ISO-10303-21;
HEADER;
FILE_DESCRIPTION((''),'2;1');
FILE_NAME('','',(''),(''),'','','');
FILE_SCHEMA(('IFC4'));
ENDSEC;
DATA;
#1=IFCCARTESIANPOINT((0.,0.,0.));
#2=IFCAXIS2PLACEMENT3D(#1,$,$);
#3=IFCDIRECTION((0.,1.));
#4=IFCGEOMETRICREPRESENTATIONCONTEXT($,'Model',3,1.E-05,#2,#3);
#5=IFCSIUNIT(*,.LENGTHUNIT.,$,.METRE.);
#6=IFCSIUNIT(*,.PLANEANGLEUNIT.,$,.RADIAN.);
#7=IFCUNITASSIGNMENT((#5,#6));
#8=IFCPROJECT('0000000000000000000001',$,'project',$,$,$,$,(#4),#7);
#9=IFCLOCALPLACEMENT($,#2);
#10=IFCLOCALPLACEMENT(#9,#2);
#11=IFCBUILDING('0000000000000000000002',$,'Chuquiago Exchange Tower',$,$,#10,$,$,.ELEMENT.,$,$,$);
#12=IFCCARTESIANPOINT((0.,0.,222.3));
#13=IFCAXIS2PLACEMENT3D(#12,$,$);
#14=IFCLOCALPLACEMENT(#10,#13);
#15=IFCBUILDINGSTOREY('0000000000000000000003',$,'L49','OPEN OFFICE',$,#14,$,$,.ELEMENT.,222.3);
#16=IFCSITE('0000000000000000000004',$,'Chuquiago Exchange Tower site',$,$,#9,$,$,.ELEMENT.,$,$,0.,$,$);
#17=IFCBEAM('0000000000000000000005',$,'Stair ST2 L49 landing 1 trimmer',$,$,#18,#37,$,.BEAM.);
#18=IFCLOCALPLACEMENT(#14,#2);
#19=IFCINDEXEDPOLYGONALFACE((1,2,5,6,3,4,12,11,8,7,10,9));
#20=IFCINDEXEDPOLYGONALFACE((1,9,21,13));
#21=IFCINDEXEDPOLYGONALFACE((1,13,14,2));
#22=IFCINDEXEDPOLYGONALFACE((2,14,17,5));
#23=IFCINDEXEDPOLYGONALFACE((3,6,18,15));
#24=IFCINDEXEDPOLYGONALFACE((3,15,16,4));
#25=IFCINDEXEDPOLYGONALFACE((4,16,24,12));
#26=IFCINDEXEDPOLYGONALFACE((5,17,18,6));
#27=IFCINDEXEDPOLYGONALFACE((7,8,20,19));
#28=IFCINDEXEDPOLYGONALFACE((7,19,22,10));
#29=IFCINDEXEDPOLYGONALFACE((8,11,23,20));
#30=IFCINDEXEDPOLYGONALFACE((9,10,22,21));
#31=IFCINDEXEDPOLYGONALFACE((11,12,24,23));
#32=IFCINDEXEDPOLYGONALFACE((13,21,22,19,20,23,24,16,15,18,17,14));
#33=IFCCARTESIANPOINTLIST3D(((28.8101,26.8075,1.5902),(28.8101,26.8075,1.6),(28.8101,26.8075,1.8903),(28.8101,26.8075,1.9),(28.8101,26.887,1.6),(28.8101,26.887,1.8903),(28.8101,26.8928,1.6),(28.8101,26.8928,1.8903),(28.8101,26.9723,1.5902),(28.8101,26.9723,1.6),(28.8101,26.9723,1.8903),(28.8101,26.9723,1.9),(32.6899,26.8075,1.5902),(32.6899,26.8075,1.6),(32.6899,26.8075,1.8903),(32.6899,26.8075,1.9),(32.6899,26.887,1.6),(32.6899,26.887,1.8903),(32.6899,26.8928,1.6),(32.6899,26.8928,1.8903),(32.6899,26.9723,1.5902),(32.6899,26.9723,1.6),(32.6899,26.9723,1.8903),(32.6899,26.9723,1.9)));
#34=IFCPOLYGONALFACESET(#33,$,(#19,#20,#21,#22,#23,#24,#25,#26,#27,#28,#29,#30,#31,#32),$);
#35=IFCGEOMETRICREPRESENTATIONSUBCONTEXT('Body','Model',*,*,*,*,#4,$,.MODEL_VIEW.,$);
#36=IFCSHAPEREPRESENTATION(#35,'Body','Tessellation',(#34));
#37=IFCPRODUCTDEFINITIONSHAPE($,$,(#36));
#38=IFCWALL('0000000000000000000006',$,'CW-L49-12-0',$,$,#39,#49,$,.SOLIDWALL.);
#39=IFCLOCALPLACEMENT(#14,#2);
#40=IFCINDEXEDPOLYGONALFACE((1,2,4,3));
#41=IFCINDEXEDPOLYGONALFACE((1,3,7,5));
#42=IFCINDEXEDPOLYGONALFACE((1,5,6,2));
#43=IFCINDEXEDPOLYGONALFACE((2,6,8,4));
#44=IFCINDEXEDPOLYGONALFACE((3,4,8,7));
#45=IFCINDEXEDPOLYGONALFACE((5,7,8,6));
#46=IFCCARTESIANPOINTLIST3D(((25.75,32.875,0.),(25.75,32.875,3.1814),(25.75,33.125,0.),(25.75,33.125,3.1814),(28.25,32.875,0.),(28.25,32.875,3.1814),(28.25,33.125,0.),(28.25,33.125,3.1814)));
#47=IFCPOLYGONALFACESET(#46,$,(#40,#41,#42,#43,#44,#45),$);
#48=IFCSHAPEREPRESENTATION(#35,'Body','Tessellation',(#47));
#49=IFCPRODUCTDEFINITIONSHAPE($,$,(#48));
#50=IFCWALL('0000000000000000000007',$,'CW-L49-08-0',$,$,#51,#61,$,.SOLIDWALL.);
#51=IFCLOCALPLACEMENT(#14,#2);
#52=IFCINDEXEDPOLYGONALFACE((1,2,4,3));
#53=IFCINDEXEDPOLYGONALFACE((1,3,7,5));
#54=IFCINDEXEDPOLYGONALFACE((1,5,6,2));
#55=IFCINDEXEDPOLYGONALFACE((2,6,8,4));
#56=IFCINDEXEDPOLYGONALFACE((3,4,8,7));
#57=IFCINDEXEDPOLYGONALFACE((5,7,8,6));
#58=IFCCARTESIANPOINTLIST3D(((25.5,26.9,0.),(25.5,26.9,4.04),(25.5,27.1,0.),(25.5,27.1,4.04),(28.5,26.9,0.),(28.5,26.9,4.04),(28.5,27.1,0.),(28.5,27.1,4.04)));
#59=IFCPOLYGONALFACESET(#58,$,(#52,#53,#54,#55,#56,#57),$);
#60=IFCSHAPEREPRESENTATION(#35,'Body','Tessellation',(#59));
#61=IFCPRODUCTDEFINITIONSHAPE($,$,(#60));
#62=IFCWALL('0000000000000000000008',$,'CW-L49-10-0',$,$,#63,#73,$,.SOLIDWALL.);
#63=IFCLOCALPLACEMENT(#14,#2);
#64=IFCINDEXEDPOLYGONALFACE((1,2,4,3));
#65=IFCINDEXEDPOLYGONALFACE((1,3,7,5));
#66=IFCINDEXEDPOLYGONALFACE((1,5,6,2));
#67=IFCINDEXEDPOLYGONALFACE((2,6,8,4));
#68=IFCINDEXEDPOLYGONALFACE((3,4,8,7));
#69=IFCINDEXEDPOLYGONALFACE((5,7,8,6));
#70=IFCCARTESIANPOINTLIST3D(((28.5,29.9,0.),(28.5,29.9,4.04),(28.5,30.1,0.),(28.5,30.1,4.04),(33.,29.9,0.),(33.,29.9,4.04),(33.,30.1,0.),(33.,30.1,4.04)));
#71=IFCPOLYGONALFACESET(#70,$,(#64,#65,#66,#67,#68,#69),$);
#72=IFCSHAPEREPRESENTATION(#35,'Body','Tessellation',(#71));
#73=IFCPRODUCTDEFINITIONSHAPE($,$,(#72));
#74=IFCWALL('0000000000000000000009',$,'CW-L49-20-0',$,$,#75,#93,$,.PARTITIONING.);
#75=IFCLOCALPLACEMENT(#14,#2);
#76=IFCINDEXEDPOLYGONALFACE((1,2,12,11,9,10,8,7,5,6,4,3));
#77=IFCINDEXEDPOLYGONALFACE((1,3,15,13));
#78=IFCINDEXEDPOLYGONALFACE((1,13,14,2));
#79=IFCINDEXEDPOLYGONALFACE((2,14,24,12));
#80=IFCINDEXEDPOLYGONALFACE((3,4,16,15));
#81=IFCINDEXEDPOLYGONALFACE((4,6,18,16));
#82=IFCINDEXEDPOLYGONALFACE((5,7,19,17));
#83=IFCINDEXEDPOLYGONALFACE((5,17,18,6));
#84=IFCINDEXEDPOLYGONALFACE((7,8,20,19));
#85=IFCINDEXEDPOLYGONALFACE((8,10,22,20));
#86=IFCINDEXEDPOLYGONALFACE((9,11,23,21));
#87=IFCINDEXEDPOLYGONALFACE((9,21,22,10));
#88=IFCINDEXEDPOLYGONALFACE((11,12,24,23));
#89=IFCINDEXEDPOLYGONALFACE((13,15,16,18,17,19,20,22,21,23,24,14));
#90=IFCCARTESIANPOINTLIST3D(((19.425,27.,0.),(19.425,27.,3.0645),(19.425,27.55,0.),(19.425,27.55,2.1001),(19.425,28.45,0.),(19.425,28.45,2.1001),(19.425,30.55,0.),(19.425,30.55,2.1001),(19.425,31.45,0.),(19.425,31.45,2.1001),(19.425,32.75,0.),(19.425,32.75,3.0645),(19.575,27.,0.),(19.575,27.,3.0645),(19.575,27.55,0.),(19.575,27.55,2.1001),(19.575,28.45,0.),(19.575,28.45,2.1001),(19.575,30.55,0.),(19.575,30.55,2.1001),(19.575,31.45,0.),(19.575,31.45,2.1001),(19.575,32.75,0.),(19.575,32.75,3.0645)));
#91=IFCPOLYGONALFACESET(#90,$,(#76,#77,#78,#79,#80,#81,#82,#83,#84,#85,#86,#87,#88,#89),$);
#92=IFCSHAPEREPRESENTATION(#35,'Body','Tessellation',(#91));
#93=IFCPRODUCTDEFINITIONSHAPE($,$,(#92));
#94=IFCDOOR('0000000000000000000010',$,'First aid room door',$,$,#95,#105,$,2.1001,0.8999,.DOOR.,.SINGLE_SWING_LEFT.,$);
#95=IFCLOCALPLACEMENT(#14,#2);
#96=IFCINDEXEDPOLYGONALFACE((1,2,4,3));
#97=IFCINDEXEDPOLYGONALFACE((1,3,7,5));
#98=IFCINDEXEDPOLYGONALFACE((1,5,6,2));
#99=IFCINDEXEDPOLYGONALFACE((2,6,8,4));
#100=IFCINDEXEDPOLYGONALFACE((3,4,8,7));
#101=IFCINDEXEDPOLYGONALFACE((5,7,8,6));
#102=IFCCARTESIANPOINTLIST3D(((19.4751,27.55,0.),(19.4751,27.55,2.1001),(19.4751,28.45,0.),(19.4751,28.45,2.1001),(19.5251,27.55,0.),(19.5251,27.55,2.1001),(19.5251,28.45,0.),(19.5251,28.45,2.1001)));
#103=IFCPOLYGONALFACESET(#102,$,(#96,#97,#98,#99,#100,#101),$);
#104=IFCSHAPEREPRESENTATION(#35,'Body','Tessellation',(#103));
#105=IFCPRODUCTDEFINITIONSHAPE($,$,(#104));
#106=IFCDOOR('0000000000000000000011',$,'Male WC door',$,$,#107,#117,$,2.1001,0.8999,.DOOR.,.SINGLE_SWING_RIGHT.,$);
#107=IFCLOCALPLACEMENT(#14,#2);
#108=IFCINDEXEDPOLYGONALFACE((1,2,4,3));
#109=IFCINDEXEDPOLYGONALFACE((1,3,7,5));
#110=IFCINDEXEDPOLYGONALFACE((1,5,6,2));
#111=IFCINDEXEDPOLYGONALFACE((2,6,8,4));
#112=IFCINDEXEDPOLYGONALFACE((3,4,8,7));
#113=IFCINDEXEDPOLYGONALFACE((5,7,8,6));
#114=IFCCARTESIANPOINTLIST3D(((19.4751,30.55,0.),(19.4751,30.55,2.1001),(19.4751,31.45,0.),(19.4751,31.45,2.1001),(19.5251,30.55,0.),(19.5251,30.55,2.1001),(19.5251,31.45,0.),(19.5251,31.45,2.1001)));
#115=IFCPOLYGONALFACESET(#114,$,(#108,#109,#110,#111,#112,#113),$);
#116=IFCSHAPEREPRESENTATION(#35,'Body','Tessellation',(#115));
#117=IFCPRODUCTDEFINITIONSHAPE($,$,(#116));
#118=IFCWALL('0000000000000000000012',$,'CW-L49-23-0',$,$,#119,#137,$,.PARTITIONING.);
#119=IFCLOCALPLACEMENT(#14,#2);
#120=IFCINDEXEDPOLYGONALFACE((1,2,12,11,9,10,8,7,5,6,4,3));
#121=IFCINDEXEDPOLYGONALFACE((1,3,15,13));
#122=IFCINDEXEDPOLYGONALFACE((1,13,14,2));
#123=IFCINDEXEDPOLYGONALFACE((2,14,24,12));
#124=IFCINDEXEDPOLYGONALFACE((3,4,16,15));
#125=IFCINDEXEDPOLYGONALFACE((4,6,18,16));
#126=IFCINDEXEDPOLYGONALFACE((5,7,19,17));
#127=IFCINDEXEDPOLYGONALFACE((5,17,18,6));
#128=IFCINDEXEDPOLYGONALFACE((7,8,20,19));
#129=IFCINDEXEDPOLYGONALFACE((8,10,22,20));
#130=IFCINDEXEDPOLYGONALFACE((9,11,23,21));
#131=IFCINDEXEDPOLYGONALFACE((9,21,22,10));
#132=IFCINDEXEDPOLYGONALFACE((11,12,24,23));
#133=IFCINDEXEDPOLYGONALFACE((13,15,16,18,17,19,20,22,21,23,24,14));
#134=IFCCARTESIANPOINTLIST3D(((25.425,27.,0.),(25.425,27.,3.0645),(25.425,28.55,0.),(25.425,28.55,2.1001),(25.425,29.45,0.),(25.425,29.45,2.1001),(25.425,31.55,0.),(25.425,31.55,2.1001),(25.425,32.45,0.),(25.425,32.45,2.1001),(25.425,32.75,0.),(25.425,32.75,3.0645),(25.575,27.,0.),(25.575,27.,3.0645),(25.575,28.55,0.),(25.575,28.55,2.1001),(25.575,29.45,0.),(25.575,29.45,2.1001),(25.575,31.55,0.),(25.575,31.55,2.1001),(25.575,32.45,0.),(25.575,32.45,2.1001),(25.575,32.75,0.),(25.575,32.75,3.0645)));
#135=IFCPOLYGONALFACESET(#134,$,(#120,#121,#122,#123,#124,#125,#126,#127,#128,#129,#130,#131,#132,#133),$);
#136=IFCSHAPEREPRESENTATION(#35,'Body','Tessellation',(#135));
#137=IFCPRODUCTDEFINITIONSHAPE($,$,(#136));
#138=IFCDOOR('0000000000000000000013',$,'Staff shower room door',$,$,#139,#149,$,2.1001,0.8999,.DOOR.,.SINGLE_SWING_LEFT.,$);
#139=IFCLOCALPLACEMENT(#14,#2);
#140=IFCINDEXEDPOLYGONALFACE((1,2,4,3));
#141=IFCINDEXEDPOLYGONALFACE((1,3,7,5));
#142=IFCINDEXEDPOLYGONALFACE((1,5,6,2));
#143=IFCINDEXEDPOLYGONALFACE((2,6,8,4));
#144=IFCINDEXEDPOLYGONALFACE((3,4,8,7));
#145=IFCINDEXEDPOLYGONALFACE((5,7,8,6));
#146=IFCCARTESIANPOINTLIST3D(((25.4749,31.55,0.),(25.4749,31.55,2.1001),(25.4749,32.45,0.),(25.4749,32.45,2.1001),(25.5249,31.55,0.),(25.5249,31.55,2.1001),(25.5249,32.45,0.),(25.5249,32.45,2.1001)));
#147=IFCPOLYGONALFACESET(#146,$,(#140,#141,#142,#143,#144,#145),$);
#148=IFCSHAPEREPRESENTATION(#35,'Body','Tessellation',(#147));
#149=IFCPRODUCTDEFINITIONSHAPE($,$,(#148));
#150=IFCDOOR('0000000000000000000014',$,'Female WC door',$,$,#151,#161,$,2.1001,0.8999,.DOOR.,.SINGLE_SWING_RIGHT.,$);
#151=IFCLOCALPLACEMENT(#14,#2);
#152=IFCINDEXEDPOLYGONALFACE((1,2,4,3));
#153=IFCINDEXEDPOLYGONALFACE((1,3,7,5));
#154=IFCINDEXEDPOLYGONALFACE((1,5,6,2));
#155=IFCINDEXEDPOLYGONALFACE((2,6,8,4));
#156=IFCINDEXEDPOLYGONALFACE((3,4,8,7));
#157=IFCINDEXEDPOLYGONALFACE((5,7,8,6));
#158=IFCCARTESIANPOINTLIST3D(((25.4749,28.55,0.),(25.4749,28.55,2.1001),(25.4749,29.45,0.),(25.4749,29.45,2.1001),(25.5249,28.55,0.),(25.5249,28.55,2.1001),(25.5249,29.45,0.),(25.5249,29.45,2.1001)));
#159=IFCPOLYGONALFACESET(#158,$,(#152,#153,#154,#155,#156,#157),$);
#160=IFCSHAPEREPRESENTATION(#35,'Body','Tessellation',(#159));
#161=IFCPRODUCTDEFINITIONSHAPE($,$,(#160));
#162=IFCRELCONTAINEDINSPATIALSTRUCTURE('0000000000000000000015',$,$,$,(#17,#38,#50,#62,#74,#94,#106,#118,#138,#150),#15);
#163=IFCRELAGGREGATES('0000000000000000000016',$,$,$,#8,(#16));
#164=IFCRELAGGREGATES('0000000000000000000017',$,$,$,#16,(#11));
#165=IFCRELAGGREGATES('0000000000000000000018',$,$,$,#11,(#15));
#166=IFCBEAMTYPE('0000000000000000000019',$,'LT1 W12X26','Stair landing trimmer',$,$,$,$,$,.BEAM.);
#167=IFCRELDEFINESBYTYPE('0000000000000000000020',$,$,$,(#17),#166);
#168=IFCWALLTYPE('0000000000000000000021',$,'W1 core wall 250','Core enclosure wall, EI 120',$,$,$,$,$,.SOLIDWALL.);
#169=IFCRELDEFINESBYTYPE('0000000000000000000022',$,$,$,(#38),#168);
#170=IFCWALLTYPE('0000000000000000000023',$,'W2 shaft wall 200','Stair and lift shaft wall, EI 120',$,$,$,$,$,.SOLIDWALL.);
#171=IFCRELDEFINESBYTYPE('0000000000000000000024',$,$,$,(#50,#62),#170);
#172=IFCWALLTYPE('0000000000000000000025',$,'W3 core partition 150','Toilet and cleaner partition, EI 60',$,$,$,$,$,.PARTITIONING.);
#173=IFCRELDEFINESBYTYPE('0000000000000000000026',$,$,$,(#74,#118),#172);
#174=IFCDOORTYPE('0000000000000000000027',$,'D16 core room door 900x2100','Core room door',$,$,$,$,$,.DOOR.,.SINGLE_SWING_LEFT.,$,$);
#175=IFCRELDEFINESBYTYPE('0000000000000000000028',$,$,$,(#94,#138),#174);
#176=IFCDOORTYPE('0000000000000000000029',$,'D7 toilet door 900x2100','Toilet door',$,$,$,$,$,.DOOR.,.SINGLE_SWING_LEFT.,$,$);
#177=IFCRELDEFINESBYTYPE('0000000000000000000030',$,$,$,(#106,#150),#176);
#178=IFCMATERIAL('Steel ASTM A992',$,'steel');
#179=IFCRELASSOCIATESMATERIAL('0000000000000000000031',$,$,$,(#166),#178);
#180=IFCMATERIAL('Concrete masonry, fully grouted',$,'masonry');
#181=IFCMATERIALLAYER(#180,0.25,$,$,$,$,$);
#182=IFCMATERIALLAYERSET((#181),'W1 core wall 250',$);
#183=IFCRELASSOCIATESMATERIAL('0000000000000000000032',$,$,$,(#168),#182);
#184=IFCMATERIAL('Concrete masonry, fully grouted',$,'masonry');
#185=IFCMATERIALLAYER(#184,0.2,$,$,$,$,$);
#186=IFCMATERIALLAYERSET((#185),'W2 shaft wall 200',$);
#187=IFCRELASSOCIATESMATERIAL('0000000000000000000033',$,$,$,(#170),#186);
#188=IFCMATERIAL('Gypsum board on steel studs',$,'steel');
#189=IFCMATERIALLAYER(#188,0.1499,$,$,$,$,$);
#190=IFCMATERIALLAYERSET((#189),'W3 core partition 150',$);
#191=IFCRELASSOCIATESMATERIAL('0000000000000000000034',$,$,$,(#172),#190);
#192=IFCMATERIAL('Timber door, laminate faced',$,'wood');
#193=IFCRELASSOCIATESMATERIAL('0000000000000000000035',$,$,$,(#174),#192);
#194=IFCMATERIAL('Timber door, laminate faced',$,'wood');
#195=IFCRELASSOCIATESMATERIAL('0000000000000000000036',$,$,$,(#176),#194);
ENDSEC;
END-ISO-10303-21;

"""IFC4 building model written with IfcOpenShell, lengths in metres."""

from ifc_helpers import new_model, si_unit, direction, frame, frame_2d, origin, origin_2d, place, context, subcontext, project, spatial, rectangle, i_section, extrude, material, layer, layer_set, material_profile, profile_set, type_object, element, fill, save


model = new_model("IFC4")

# Units and contexts
model_context = context("Model", 3, precision=1e-05, world=origin(), true_north=direction((0.0, 1.0)))
body_context = subcontext(model_context, "Body", "Model", "MODEL_VIEW")
ifc_project = project(units=[si_unit("LENGTHUNIT", "METRE"), si_unit("PLANEANGLEUNIT", "RADIAN")], contexts=[model_context])

# Site, building, storey
site_placement = place(None, origin())
site = spatial("IfcSite", under=ifc_project, at=site_placement, Name="Chuquiago Exchange Tower site", CompositionType="ELEMENT", RefElevation=0.0)
building_placement = place(site_placement, origin())
building = spatial("IfcBuilding", under=site, at=building_placement, Name="Chuquiago Exchange Tower", CompositionType="ELEMENT")
storey_placement = place(building_placement, frame((0.0, 0.0, 222.3)))
storey = spatial("IfcBuildingStorey", under=building, at=storey_placement, Name="L49", Description="OPEN OFFICE", CompositionType="ELEMENT", Elevation=222.3)

# Beam
ifc_material_1 = material(Name="Steel ASTM A992", Category="steel")
ifc_material_profile_1 = material_profile(ifc_material_1, i_section(OverallWidth=0.1648, OverallDepth=0.3098, WebThickness=0.0059, FlangeThickness=0.0098, at=origin_2d()), Name="W12X26")
ifc_profile_set_1 = profile_set([ifc_material_profile_1], Name="Steel ASTM A992")
beam_type_1 = type_object("IfcBeamType", Name="LT1 W12X26", Description="Stair landing trimmer", PredefinedType="BEAM", material=ifc_profile_set_1)
for number, where, z_axis, x_axis, name in (
    (1, (28.8101, 26.8899, 1.7451), (1.0, 0.0, 0.0), (0.0, 1.0, 0.0), "Stair ST2 L49 landing 1 trimmer"),
):
    element("IfcBeam", number, at=place(storey_placement, frame(where, z_axis=z_axis, x_axis=x_axis)), inside=storey, type_object=beam_type_1, Name=name, PredefinedType="BEAM", context=body_context, shape_type="SweptSolid", body=[
        extrude(i_section(OverallWidth=0.1648, OverallDepth=0.3098, WebThickness=0.0059, FlangeThickness=0.0098, at=origin_2d()), origin(), (0.0, 0.0, 1.0), 3.8799),
    ])

# Walls
ifc_material_2 = material(Name="Concrete masonry, fully grouted", Category="masonry")
ifc_layer_1 = layer(ifc_material_2, 0.25)
ifc_layer_set_1 = layer_set([ifc_layer_1], Name="W1 core wall 250")
wall_type_1 = type_object("IfcWallType", Name="W1 core wall 250", Description="Core enclosure wall, EI 120", PredefinedType="SOLIDWALL", material=ifc_layer_set_1)
wall_1_placement = place(storey_placement, frame((25.75, 33.0, 0.0), z_axis=(0.0, 0.0, 1.0), x_axis=(1.0, 0.0, 0.0)))
element("IfcWall", 2, at=wall_1_placement, inside=storey, type_object=wall_type_1, Name="CW-L49-12-0", PredefinedType="SOLIDWALL", context=body_context, shape_type="SweptSolid", body=[
    extrude(rectangle(XDim=2.5, YDim=0.25, at=frame_2d((1.25, 0.0))), origin(), (0.0, 0.0, 1.0), 3.1814),
])
ifc_material_3 = material(Name="Concrete masonry, fully grouted", Category="masonry")
ifc_layer_2 = layer(ifc_material_3, 0.2)
ifc_layer_set_2 = layer_set([ifc_layer_2], Name="W2 shaft wall 200")
wall_type_2 = type_object("IfcWallType", Name="W2 shaft wall 200", Description="Stair and lift shaft wall, EI 120", PredefinedType="SOLIDWALL", material=ifc_layer_set_2)
wall_2_placement = place(storey_placement, frame((25.5, 27.0, 0.0), z_axis=(0.0, 0.0, 1.0), x_axis=(1.0, 0.0, 0.0)))
element("IfcWall", 3, at=wall_2_placement, inside=storey, type_object=wall_type_2, Name="CW-L49-08-0", PredefinedType="SOLIDWALL", context=body_context, shape_type="SweptSolid", body=[
    extrude(rectangle(XDim=3.0, YDim=0.2, at=frame_2d((1.5, 0.0))), origin(), (0.0, 0.0, 1.0), 4.04),
])
wall_3_placement = place(storey_placement, frame((28.5, 30.0, 0.0), z_axis=(0.0, 0.0, 1.0), x_axis=(1.0, 0.0, 0.0)))
element("IfcWall", 4, at=wall_3_placement, inside=storey, type_object=wall_type_2, Name="CW-L49-10-0", PredefinedType="SOLIDWALL", context=body_context, shape_type="SweptSolid", body=[
    extrude(rectangle(XDim=4.5, YDim=0.2, at=frame_2d((2.25, 0.0))), origin(), (0.0, 0.0, 1.0), 4.04),
])

# Walls, openings, doors
ifc_material_4 = material(Name="Gypsum board on steel studs", Category="steel")
ifc_layer_3 = layer(ifc_material_4, 0.1499)
ifc_layer_set_3 = layer_set([ifc_layer_3], Name="W3 core partition 150")
wall_type_3 = type_object("IfcWallType", Name="W3 core partition 150", Description="Toilet and cleaner partition, EI 60", PredefinedType="PARTITIONING", material=ifc_layer_set_3)
wall_4_placement = place(storey_placement, frame((19.5, 27.0, 0.0), z_axis=(0.0, 0.0, 1.0), x_axis=(0.0, 1.0, 0.0)))
wall_4 = element("IfcWall", 5, at=wall_4_placement, inside=storey, type_object=wall_type_3, Name="CW-L49-20-0", PredefinedType="PARTITIONING", context=body_context, shape_type="SweptSolid", body=[
    extrude(rectangle(XDim=5.75, YDim=0.1499, at=frame_2d((2.875, 0.0))), origin(), (0.0, 0.0, 1.0), 3.0645),
])
opening_1_placement = place(wall_4_placement, frame((0.55, 0.0, 0.0)))
opening_1 = element("IfcOpeningElement", 6, at=opening_1_placement, cuts=wall_4, PredefinedType="OPENING", context=body_context, shape_type="SweptSolid", body=[
    extrude(rectangle(XDim=0.8999, YDim=2.1001, at=frame_2d((0.45, 1.05))), frame((0.0, 0.085, 0.0), z_axis=(0.0, -1.0, 0.0), x_axis=(1.0, 0.0, 0.0)), (0.0, 0.0, 1.0), 0.1699),
])
opening_2_placement = place(wall_4_placement, frame((3.55, 0.0, 0.0)))
opening_2 = element("IfcOpeningElement", 7, at=opening_2_placement, cuts=wall_4, PredefinedType="OPENING", context=body_context, shape_type="SweptSolid", body=[
    extrude(rectangle(XDim=0.8999, YDim=2.1001, at=frame_2d((0.45, 1.05))), frame((0.0, 0.085, 0.0), z_axis=(0.0, -1.0, 0.0), x_axis=(1.0, 0.0, 0.0)), (0.0, 0.0, 1.0), 0.1699),
])
ifc_material_5 = material(Name="Timber door, laminate faced", Category="wood")
door_type_1 = type_object("IfcDoorType", Name="D16 core room door 900x2100", Description="Core room door", OperationType="SINGLE_SWING_LEFT", PredefinedType="DOOR", material=ifc_material_5)
door_1_placement = place(opening_1_placement, origin())
door_1 = element("IfcDoor", 8, at=door_1_placement, inside=storey, type_object=door_type_1, Name="First aid room door", OperationType="SINGLE_SWING_LEFT", OverallHeight=2.1001, OverallWidth=0.8999, PredefinedType="DOOR", context=body_context, shape_type="SweptSolid", body=[
    extrude(rectangle(XDim=0.8999, YDim=2.1001, at=frame_2d((0.45, 1.05))), frame((0.0, 0.0249, 0.0), z_axis=(0.0, -1.0, 0.0), x_axis=(1.0, 0.0, 0.0)), (0.0, 0.0, 1.0), 0.05),
])
fill(opening_1, door_1)
ifc_material_6 = material(Name="Timber door, laminate faced", Category="wood")
door_type_2 = type_object("IfcDoorType", Name="D7 toilet door 900x2100", Description="Toilet door", OperationType="SINGLE_SWING_LEFT", PredefinedType="DOOR", material=ifc_material_6)
door_2_placement = place(opening_2_placement, origin())
door_2 = element("IfcDoor", 9, at=door_2_placement, inside=storey, type_object=door_type_2, Name="Male WC door", OperationType="SINGLE_SWING_RIGHT", OverallHeight=2.1001, OverallWidth=0.8999, PredefinedType="DOOR", context=body_context, shape_type="SweptSolid", body=[
    extrude(rectangle(XDim=0.8999, YDim=2.1001, at=frame_2d((0.45, 1.05))), frame((0.0, 0.0249, 0.0), z_axis=(0.0, -1.0, 0.0), x_axis=(1.0, 0.0, 0.0)), (0.0, 0.0, 1.0), 0.05),
])
fill(opening_2, door_2)
wall_5_placement = place(storey_placement, frame((25.5, 27.0, 0.0), z_axis=(0.0, 0.0, 1.0), x_axis=(0.0, 1.0, 0.0)))
wall_5 = element("IfcWall", 10, at=wall_5_placement, inside=storey, type_object=wall_type_3, Name="CW-L49-23-0", PredefinedType="PARTITIONING", context=body_context, shape_type="SweptSolid", body=[
    extrude(rectangle(XDim=5.75, YDim=0.1499, at=frame_2d((2.875, 0.0))), origin(), (0.0, 0.0, 1.0), 3.0645),
])
opening_3_placement = place(wall_5_placement, frame((1.55, 0.0, 0.0)))
opening_3 = element("IfcOpeningElement", 11, at=opening_3_placement, cuts=wall_5, PredefinedType="OPENING", context=body_context, shape_type="SweptSolid", body=[
    extrude(rectangle(XDim=0.8999, YDim=2.1001, at=frame_2d((0.45, 1.05))), frame((0.0, 0.085, 0.0), z_axis=(0.0, -1.0, 0.0), x_axis=(1.0, 0.0, 0.0)), (0.0, 0.0, 1.0), 0.1699),
])
opening_4_placement = place(wall_5_placement, frame((4.55, 0.0, 0.0)))
opening_4 = element("IfcOpeningElement", 12, at=opening_4_placement, cuts=wall_5, PredefinedType="OPENING", context=body_context, shape_type="SweptSolid", body=[
    extrude(rectangle(XDim=0.8999, YDim=2.1001, at=frame_2d((0.45, 1.05))), frame((0.0, 0.085, 0.0), z_axis=(0.0, -1.0, 0.0), x_axis=(1.0, 0.0, 0.0)), (0.0, 0.0, 1.0), 0.1699),
])
door_3_placement = place(opening_4_placement, frame((0.8999, 0.0, 0.0), z_axis=(0.0, 0.0, 1.0), x_axis=(-1.0, 0.0, 0.0)))
door_3 = element("IfcDoor", 13, at=door_3_placement, inside=storey, type_object=door_type_1, Name="Staff shower room door", OperationType="SINGLE_SWING_LEFT", OverallHeight=2.1001, OverallWidth=0.8999, PredefinedType="DOOR", context=body_context, shape_type="SweptSolid", body=[
    extrude(rectangle(XDim=0.8999, YDim=2.1001, at=frame_2d((0.45, 1.05))), frame((0.0, 0.0249, 0.0), z_axis=(0.0, -1.0, 0.0), x_axis=(1.0, 0.0, 0.0)), (0.0, 0.0, 1.0), 0.05),
])
fill(opening_4, door_3)
door_4_placement = place(opening_3_placement, frame((0.8999, 0.0, 0.0), z_axis=(0.0, 0.0, 1.0), x_axis=(-1.0, 0.0, 0.0)))
door_4 = element("IfcDoor", 14, at=door_4_placement, inside=storey, type_object=door_type_2, Name="Female WC door", OperationType="SINGLE_SWING_RIGHT", OverallHeight=2.1001, OverallWidth=0.8999, PredefinedType="DOOR", context=body_context, shape_type="SweptSolid", body=[
    extrude(rectangle(XDim=0.8999, YDim=2.1001, at=frame_2d((0.45, 1.05))), frame((0.0, 0.0249, 0.0), z_axis=(0.0, -1.0, 0.0), x_axis=(1.0, 0.0, 0.0)), (0.0, 0.0, 1.0), 0.05),
])
fill(opening_3, door_4)

save(model, "model.ifc")
